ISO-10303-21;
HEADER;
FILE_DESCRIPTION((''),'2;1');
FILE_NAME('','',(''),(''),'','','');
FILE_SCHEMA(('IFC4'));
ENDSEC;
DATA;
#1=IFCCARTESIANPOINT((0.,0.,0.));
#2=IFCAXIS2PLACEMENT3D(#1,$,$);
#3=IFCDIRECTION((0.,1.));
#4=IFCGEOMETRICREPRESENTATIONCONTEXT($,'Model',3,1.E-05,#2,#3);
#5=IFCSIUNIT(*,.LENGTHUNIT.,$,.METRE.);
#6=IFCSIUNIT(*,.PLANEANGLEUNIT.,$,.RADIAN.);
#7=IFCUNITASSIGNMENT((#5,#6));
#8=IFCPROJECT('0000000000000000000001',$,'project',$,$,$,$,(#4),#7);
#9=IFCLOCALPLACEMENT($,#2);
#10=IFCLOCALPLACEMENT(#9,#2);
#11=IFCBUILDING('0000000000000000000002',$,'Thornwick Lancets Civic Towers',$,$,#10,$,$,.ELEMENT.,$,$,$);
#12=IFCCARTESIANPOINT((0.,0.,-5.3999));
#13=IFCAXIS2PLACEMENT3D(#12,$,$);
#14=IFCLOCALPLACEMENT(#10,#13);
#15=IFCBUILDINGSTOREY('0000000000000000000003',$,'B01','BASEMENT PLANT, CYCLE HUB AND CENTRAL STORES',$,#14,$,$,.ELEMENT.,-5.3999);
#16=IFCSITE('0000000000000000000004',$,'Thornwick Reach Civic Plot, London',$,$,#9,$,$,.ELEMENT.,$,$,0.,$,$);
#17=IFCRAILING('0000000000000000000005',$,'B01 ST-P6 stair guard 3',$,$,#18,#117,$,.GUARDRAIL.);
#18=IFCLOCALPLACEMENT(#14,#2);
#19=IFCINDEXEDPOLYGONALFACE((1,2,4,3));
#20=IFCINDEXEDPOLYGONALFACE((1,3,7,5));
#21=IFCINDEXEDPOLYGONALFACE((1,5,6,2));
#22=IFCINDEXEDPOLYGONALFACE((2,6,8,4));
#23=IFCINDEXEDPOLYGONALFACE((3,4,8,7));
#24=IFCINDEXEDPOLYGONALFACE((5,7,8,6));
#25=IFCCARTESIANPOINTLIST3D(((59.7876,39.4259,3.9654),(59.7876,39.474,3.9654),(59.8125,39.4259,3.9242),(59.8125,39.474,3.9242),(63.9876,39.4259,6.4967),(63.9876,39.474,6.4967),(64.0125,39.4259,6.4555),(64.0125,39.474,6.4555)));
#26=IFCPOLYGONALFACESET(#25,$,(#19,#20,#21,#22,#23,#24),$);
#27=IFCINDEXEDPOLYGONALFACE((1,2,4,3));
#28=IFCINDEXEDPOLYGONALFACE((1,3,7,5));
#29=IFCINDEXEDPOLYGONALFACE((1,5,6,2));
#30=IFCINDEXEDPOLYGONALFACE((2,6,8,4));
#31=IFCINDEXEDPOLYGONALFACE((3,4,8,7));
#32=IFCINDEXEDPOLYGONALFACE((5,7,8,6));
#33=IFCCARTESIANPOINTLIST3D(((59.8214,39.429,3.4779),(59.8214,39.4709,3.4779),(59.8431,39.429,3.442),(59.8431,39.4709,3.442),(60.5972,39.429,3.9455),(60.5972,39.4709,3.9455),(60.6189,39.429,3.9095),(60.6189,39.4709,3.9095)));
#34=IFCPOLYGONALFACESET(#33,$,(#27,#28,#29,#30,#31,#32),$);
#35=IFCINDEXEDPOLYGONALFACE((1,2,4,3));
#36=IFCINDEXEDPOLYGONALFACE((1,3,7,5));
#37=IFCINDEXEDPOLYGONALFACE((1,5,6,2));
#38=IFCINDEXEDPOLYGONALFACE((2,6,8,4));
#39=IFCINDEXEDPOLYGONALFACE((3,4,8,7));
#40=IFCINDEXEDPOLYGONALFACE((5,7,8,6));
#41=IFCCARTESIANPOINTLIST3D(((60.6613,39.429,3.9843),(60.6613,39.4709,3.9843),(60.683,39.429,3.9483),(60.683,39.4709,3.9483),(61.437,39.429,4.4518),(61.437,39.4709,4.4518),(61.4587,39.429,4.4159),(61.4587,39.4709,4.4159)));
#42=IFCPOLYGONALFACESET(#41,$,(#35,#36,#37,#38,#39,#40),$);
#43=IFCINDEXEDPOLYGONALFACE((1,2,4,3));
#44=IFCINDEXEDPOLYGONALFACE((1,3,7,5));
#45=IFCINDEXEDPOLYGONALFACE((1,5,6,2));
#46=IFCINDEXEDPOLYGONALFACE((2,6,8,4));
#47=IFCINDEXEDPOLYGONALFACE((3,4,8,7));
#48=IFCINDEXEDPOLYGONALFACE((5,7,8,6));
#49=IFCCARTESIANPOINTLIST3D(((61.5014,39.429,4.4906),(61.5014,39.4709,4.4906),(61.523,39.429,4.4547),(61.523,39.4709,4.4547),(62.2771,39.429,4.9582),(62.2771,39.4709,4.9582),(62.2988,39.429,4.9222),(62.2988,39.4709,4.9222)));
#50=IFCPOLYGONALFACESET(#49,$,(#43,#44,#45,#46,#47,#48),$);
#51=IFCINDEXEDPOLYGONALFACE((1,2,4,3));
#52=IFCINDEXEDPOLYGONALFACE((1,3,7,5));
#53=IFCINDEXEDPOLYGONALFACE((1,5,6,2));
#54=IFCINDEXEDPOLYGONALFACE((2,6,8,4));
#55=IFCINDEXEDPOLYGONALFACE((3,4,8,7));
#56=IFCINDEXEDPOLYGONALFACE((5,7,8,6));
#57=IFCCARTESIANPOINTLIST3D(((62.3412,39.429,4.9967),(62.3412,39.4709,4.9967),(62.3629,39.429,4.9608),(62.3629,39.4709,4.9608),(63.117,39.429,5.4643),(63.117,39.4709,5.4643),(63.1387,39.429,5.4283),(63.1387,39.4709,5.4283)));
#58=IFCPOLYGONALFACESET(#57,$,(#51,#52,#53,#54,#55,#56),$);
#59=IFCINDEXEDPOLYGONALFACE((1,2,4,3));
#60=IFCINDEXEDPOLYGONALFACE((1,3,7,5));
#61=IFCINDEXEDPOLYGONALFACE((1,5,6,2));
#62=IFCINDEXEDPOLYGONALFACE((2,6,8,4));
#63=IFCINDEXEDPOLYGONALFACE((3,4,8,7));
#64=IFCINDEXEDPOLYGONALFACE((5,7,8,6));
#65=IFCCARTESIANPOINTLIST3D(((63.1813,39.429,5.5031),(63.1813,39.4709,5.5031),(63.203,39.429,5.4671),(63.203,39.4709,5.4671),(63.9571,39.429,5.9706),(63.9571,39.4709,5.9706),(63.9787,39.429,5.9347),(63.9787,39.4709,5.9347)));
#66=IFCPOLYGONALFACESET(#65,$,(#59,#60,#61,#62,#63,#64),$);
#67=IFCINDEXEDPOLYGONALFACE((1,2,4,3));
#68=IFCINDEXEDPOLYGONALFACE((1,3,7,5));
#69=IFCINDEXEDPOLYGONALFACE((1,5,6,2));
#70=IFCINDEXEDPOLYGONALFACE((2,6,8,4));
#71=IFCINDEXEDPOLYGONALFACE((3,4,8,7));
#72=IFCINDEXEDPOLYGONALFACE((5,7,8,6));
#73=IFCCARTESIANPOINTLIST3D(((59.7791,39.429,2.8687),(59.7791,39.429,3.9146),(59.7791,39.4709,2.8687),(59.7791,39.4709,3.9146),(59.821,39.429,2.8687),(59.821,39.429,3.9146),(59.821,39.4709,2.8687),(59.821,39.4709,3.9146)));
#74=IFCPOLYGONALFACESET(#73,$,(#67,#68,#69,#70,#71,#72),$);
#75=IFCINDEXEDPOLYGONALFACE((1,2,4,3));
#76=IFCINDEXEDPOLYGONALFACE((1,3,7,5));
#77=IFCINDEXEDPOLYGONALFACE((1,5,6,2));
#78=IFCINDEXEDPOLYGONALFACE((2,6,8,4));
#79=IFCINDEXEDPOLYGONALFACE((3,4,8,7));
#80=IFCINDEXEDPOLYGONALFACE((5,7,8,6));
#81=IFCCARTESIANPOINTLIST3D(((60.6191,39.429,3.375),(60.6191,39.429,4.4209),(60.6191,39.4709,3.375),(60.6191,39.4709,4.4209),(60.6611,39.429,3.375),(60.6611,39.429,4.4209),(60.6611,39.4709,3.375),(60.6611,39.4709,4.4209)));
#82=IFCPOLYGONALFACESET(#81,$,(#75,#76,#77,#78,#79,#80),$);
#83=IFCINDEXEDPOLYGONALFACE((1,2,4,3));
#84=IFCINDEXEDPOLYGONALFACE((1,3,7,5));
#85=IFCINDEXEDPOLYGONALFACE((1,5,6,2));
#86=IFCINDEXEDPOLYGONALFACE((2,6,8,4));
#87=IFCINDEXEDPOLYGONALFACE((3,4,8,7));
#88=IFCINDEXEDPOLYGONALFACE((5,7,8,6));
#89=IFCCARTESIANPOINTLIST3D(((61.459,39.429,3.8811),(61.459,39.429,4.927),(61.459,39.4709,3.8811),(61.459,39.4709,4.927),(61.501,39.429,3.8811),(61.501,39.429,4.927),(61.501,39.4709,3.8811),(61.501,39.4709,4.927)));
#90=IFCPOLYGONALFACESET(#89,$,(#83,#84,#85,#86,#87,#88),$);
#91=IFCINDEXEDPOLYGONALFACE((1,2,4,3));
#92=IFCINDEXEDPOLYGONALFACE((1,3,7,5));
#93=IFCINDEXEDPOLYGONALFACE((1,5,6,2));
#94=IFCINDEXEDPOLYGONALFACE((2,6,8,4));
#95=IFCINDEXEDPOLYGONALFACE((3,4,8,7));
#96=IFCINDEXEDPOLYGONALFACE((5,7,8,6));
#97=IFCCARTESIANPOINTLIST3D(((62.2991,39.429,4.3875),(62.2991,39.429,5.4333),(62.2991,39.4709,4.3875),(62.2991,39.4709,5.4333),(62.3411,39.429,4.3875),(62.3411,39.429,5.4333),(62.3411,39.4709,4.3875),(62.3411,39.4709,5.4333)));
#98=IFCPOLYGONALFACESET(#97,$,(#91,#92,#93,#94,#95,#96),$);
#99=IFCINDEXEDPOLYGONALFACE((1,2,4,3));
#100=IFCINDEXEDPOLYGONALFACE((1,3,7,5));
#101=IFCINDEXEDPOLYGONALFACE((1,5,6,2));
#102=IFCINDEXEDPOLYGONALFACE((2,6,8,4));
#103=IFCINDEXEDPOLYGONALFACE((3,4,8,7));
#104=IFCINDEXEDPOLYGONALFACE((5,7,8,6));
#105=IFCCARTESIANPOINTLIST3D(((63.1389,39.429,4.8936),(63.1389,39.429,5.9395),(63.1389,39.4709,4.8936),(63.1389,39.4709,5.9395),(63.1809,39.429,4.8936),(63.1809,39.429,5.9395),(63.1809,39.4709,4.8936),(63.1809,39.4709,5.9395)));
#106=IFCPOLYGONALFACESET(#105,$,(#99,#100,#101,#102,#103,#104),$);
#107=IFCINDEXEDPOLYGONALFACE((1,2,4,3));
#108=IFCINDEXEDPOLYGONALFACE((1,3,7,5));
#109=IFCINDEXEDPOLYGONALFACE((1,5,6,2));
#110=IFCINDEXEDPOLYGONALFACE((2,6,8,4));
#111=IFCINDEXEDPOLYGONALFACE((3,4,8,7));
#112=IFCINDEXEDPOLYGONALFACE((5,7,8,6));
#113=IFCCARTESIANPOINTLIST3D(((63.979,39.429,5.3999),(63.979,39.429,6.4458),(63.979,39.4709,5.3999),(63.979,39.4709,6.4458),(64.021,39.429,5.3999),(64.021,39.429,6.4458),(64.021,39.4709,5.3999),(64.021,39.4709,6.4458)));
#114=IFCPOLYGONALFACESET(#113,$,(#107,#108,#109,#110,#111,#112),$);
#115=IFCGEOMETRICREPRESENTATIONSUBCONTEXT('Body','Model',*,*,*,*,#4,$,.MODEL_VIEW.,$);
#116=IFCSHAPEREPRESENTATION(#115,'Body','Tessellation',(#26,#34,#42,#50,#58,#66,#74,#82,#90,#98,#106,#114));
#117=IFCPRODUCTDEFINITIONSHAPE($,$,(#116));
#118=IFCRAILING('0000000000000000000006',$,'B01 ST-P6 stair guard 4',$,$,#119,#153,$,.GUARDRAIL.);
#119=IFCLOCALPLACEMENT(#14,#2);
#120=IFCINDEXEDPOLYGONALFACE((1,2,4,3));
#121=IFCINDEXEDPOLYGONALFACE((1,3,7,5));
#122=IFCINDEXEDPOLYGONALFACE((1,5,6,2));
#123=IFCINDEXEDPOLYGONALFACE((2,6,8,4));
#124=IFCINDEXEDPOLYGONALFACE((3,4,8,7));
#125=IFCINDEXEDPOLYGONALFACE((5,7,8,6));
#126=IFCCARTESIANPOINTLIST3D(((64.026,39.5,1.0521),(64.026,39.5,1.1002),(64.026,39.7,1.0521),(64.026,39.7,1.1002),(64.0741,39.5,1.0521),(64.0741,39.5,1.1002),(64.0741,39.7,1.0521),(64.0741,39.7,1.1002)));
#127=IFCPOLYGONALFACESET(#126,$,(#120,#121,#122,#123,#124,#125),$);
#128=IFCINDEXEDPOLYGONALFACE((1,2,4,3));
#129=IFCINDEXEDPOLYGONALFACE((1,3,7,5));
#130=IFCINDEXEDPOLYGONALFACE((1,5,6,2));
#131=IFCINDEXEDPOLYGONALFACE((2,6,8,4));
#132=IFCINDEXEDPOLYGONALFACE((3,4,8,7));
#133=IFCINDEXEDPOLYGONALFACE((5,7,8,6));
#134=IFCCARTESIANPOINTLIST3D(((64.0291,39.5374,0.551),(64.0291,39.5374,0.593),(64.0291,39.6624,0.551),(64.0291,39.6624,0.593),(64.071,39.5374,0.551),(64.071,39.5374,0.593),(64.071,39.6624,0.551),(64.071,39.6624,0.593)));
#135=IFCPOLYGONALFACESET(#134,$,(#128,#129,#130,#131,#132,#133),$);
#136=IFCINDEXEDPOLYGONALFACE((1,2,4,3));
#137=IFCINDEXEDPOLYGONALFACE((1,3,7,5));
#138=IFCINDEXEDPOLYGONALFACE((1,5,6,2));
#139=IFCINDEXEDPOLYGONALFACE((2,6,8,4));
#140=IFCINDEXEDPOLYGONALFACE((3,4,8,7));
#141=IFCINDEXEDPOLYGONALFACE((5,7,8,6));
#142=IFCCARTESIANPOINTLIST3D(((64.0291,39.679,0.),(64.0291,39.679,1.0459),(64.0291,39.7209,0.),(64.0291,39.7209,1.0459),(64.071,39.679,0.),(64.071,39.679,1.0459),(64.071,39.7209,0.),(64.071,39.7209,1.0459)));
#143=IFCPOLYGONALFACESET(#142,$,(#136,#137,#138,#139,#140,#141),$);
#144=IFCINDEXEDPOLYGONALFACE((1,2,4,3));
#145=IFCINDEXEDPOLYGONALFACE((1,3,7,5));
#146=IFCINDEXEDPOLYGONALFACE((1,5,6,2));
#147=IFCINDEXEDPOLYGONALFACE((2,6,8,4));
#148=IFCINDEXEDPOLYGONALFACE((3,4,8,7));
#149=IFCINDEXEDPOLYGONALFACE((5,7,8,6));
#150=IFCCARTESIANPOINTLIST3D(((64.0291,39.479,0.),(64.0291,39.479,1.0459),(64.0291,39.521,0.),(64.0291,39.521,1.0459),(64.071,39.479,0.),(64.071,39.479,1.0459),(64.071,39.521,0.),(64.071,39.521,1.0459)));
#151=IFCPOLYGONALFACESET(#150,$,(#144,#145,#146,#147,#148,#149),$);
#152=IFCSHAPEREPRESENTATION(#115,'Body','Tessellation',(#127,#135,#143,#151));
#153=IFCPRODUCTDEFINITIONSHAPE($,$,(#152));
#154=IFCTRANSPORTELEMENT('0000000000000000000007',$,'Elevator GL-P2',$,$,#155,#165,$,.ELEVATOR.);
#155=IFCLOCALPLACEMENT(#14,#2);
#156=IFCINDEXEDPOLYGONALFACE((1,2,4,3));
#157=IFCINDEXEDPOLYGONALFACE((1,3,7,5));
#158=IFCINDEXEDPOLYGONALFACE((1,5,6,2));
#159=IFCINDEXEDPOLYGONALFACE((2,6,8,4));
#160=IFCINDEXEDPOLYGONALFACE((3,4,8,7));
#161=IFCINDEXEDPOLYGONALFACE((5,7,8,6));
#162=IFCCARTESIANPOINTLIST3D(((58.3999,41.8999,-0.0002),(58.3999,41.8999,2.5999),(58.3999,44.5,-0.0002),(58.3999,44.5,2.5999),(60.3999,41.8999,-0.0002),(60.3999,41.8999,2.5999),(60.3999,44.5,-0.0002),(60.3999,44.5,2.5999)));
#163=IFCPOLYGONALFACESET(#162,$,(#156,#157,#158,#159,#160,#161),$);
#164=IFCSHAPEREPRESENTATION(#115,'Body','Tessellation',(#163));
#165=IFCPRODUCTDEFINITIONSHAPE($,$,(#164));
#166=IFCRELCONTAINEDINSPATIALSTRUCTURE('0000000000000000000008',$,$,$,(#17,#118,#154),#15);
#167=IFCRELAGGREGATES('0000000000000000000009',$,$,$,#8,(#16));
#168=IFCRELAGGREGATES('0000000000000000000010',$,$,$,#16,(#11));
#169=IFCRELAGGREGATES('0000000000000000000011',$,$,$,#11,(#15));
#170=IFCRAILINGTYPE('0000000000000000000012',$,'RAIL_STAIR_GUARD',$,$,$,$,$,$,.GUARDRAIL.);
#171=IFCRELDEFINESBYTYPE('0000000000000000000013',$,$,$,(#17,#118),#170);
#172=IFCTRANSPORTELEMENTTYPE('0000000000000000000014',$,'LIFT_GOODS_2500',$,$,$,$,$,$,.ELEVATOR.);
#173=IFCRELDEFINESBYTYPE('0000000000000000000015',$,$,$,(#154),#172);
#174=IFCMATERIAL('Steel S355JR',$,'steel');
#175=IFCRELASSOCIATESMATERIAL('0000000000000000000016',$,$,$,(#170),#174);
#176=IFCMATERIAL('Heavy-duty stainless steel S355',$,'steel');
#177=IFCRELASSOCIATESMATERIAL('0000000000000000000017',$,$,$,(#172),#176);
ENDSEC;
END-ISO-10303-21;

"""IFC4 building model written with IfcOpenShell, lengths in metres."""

from ifc_helpers import new_model, si_unit, direction, frame, origin, origin_2d, place, context, subcontext, project, spatial, rectangle, extrude, material, type_object, element, save


model = new_model("IFC4")

# Units and contexts
model_context = context("Model", 3, precision=1e-05, world=origin(), true_north=direction((0.0, 1.0)))
body_context = subcontext(model_context, "Body", "Model", "MODEL_VIEW")
ifc_project = project(units=[si_unit("LENGTHUNIT", "METRE"), si_unit("PLANEANGLEUNIT", "RADIAN")], contexts=[model_context])

# Site, building, storey
site_placement = place(None, origin())
site = spatial("IfcSite", under=ifc_project, at=site_placement, Name="Thornwick Reach Civic Plot, London", CompositionType="ELEMENT", RefElevation=0.0)
building_placement = place(site_placement, origin())
building = spatial("IfcBuilding", under=site, at=building_placement, Name="Thornwick Lancets Civic Towers", CompositionType="ELEMENT")
storey_placement = place(building_placement, frame((0.0, 0.0, -5.3999)))
storey = spatial("IfcBuildingStorey", under=building, at=storey_placement, Name="B01", Description="BASEMENT PLANT, CYCLE HUB AND CENTRAL STORES", CompositionType="ELEMENT", Elevation=-5.3999)

# Shared definitions
ifc_material_1 = material(Name="Steel S355JR", Category="steel")

# Railings
railing_type_1 = type_object("IfcRailingType", Name="RAIL_STAIR_GUARD", PredefinedType="GUARDRAIL", material=ifc_material_1)
railing_1_placement = place(storey_placement, frame((59.8, 39.45, 2.8687)))
element("IfcRailing", 1, at=railing_1_placement, inside=storey, type_object=railing_type_1, Name="B01 ST-P6 stair guard 3", PredefinedType="GUARDRAIL", context=body_context, shape_type="SweptSolid", body=[
    extrude(rectangle(XDim=0.0481, YDim=0.0481, at=origin_2d()), frame((0.0, 0.0, 1.0762), z_axis=(0.856476, 0.0, 0.516186), x_axis=(0.0, 1.0, 0.0)), (0.0, 0.0, 1.0), 4.9038),
    extrude(rectangle(XDim=0.042, YDim=0.042, at=origin_2d()), frame((0.0322, 0.0, 0.5913), z_axis=(0.856476, 0.0, 0.516186), x_axis=(0.0, 1.0, 0.0)), (0.0, 0.0, 1.0), 0.9058),
    extrude(rectangle(XDim=0.042, YDim=0.042, at=origin_2d()), frame((0.8721, 0.0, 1.0977), z_axis=(0.856476, 0.0, 0.516186), x_axis=(0.0, 1.0, 0.0)), (0.0, 0.0, 1.0), 0.9058),
    extrude(rectangle(XDim=0.042, YDim=0.042, at=origin_2d()), frame((1.7122, 0.0, 1.604), z_axis=(0.856476, 0.0, 0.516186), x_axis=(0.0, 1.0, 0.0)), (0.0, 0.0, 1.0), 0.9058),
    extrude(rectangle(XDim=0.042, YDim=0.042, at=origin_2d()), frame((2.552, 0.0, 2.1101), z_axis=(0.856476, 0.0, 0.516186), x_axis=(0.0, 1.0, 0.0)), (0.0, 0.0, 1.0), 0.9058),
    extrude(rectangle(XDim=0.042, YDim=0.042, at=origin_2d()), frame((3.3921, 0.0, 2.6165), z_axis=(0.856476, 0.0, 0.516186), x_axis=(0.0, 1.0, 0.0)), (0.0, 0.0, 1.0), 0.9058),
    extrude(rectangle(XDim=0.042, YDim=0.042, at=origin_2d()), origin(), (0.0, 0.0, 1.0), 1.0459),
    extrude(rectangle(XDim=0.042, YDim=0.042, at=origin_2d()), frame((0.8401, 0.0, 0.5063)), (0.0, 0.0, 1.0), 1.0459),
    extrude(rectangle(XDim=0.042, YDim=0.042, at=origin_2d()), frame((1.6799, 0.0, 1.0125)), (0.0, 0.0, 1.0), 1.0459),
    extrude(rectangle(XDim=0.042, YDim=0.042, at=origin_2d()), frame((2.52, 0.0, 1.5188)), (0.0, 0.0, 1.0), 1.0459),
    extrude(rectangle(XDim=0.042, YDim=0.042, at=origin_2d()), frame((3.3599, 0.0, 2.0249)), (0.0, 0.0, 1.0), 1.0459),
    extrude(rectangle(XDim=0.042, YDim=0.042, at=origin_2d()), frame((4.2, 0.0, 2.5312)), (0.0, 0.0, 1.0), 1.0459),
])
railing_2_placement = place(storey_placement, frame((64.05, 39.7, 0.0)))
element("IfcRailing", 2, at=railing_2_placement, inside=storey, type_object=railing_type_1, Name="B01 ST-P6 stair guard 4", PredefinedType="GUARDRAIL", context=body_context, shape_type="SweptSolid", body=[
    extrude(rectangle(XDim=0.0481, YDim=0.0481, at=origin_2d()), frame((0.0, 0.0, 1.0762), z_axis=(0.0, -1.0, 0.0), x_axis=(1.0, 0.0, 0.0)), (0.0, 0.0, 1.0), 0.2),
    extrude(rectangle(XDim=0.042, YDim=0.042, at=origin_2d()), frame((0.0, -0.0376, 0.572), z_axis=(0.0, -1.0, 0.0), x_axis=(1.0, 0.0, 0.0)), (0.0, 0.0, 1.0), 0.125),
    extrude(rectangle(XDim=0.042, YDim=0.042, at=origin_2d()), origin(), (0.0, 0.0, 1.0), 1.0459),
    extrude(rectangle(XDim=0.042, YDim=0.042, at=origin_2d()), frame((0.0, -0.2, 0.0)), (0.0, 0.0, 1.0), 1.0459),
])

# Transport element
ifc_material_2 = material(Name="Heavy-duty stainless steel S355", Category="steel")
transport_element_type = type_object("IfcTransportElementType", Name="LIFT_GOODS_2500", PredefinedType="ELEVATOR", material=ifc_material_2)
transport_element_placement = place(storey_placement, frame((59.3999, 43.2, -0.0002), z_axis=(0.0, 0.0, 1.0), x_axis=(1.0, 0.0, 0.0)))
element("IfcTransportElement", 3, at=transport_element_placement, inside=storey, type_object=transport_element_type, Name="Elevator GL-P2", PredefinedType="ELEVATOR", context=body_context, shape_type="SweptSolid", body=[
    extrude(rectangle(XDim=2.0, YDim=2.6001, at=origin_2d()), origin(), (0.0, 0.0, 1.0), 2.6001),
])

save(model, "model.ifc")
